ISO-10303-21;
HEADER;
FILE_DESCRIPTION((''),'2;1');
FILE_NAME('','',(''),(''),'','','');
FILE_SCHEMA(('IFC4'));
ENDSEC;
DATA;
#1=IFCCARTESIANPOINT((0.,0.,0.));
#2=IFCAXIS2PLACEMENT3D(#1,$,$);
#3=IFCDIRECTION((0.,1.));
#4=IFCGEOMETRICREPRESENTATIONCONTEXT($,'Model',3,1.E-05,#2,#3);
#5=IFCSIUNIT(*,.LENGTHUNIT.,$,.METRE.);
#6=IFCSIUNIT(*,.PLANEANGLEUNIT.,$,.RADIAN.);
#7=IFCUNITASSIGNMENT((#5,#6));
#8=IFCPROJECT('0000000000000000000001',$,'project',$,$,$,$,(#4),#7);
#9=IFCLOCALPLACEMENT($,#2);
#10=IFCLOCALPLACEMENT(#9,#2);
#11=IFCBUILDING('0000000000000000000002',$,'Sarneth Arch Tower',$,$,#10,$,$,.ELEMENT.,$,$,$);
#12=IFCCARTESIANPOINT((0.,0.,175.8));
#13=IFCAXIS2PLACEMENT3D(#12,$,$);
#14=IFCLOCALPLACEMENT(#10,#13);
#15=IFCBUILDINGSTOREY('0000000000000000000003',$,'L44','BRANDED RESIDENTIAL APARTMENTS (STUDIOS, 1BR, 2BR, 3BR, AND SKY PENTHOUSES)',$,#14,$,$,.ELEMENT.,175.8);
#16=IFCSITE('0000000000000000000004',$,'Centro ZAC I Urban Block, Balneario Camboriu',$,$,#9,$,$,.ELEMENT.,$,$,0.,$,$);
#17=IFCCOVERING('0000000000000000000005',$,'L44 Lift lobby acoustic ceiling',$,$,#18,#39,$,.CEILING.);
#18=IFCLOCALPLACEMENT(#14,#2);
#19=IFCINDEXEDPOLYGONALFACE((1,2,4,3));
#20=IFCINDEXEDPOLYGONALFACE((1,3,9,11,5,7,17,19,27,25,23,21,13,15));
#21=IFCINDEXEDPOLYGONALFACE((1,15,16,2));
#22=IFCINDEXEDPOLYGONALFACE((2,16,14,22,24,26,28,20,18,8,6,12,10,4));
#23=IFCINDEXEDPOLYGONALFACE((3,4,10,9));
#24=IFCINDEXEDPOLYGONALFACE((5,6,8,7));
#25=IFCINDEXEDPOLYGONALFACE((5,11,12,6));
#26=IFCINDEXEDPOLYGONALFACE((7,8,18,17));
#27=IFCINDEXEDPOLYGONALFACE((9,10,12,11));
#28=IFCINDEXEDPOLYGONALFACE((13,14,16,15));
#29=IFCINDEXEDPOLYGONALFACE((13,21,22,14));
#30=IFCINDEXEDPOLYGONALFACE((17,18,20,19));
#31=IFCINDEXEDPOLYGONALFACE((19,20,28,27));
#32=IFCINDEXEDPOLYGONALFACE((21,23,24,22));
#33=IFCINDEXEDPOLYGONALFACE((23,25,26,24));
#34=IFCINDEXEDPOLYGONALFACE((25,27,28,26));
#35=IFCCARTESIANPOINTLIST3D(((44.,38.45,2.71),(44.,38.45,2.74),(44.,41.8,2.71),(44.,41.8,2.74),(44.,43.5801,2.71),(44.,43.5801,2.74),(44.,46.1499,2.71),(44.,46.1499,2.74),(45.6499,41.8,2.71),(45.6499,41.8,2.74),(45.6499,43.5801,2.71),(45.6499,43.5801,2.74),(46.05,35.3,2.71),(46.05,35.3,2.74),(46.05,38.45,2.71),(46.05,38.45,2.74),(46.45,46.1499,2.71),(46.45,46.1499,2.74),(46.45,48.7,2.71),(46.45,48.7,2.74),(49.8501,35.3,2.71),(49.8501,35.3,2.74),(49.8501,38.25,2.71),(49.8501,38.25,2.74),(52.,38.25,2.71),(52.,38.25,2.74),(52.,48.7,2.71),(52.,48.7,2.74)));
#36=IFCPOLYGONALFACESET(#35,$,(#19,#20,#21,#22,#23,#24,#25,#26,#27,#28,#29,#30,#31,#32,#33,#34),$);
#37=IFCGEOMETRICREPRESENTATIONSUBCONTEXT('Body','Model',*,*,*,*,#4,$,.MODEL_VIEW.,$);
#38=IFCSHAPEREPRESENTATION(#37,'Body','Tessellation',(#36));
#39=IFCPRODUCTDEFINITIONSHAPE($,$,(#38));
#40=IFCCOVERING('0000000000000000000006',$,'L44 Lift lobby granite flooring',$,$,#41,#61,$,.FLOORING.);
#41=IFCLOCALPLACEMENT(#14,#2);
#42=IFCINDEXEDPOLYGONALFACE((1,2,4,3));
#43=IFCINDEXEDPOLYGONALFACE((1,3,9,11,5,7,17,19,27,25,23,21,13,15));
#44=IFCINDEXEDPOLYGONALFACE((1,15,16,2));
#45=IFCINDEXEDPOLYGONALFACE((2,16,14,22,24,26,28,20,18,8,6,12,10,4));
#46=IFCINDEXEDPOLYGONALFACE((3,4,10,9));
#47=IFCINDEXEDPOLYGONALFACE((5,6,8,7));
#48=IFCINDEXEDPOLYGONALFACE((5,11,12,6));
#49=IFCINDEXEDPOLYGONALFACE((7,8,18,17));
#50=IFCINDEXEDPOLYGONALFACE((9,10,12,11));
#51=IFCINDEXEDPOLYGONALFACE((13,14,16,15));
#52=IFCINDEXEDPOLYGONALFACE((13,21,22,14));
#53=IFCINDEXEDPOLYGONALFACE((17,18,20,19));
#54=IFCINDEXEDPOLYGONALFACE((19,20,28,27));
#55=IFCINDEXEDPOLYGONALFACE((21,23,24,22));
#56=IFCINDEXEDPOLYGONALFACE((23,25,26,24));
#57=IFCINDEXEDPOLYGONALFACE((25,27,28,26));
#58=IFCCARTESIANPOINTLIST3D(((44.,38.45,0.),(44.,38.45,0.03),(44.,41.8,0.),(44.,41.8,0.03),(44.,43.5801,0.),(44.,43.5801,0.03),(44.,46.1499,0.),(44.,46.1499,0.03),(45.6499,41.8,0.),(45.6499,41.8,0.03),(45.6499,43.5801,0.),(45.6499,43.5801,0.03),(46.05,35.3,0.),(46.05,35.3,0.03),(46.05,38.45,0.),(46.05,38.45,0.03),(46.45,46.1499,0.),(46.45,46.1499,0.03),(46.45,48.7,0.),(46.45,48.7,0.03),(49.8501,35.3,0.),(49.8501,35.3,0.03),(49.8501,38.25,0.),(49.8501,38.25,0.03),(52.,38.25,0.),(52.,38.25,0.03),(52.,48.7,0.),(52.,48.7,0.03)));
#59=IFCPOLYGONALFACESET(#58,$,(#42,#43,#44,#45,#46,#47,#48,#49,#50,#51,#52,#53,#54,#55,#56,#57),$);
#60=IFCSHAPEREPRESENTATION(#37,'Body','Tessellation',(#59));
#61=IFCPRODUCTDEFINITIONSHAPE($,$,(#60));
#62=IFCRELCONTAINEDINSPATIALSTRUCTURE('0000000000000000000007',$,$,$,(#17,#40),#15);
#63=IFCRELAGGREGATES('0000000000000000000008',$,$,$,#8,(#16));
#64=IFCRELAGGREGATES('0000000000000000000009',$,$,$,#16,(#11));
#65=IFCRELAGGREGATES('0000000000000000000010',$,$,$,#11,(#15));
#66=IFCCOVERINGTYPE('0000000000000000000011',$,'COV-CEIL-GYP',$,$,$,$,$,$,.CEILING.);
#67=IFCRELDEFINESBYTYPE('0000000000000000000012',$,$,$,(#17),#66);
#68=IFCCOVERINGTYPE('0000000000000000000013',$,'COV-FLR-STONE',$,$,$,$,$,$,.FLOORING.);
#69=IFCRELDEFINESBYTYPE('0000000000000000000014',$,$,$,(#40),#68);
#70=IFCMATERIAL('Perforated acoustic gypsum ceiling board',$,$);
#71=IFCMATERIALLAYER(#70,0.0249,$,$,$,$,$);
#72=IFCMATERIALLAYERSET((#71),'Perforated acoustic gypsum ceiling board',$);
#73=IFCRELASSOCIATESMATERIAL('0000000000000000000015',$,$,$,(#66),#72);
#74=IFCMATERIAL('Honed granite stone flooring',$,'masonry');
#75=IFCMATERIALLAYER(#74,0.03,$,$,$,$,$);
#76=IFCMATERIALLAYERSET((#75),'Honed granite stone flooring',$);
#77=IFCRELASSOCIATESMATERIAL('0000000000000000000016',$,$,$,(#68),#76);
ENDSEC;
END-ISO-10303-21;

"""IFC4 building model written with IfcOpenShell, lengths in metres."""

from ifc_helpers import new_model, si_unit, direction, frame, origin, place, context, subcontext, project, spatial, polyline, outline, extrude, material, layer, layer_set, type_object, element, save


model = new_model("IFC4")

# Units and contexts
model_context = context("Model", 3, precision=1e-05, world=origin(), true_north=direction((0.0, 1.0)))
body_context = subcontext(model_context, "Body", "Model", "MODEL_VIEW")
ifc_project = project(units=[si_unit("LENGTHUNIT", "METRE"), si_unit("PLANEANGLEUNIT", "RADIAN")], contexts=[model_context])

# Site, building, storey
site_placement = place(None, origin())
site = spatial("IfcSite", under=ifc_project, at=site_placement, Name="Centro ZAC I Urban Block, Balneario Camboriu", CompositionType="ELEMENT", RefElevation=0.0)
building_placement = place(site_placement, origin())
building = spatial("IfcBuilding", under=site, at=building_placement, Name="Sarneth Arch Tower", CompositionType="ELEMENT")
storey_placement = place(building_placement, frame((0.0, 0.0, 175.8)))
storey = spatial("IfcBuildingStorey", under=building, at=storey_placement, Name="L44", Description="BRANDED RESIDENTIAL APARTMENTS (STUDIOS, 1BR, 2BR, 3BR, AND SKY PENTHOUSES)", CompositionType="ELEMENT", Elevation=175.8)

# Coverings
ifc_material_1 = material(Name="Perforated acoustic gypsum ceiling board")
ifc_layer_1 = layer(ifc_material_1, 0.0249)
ifc_layer_set_1 = layer_set([ifc_layer_1], Name="Perforated acoustic gypsum ceiling board")
covering_type_1 = type_object("IfcCoveringType", Name="COV-CEIL-GYP", PredefinedType="CEILING", material=ifc_layer_set_1)
covering_1_placement = place(storey_placement, frame((0.0, 0.0, 2.71)))
element("IfcCovering", 1, at=covering_1_placement, inside=storey, type_object=covering_type_1, Name="L44 Lift lobby acoustic ceiling", PredefinedType="CEILING", context=body_context, shape_type="SweptSolid", body=[
    extrude(outline(polyline([(49.8501, 38.25), (49.8501, 35.3), (46.05, 35.3), (46.05, 38.45), (44.0, 38.45), (44.0, 41.8), (45.6499, 41.8), (45.6499, 43.5801), (44.0, 43.5801), (44.0, 46.1499), (46.45, 46.1499), (46.45, 48.7), (52.0, 48.7), (52.0, 38.25), (49.8501, 38.25)])), origin(), (0.0, 0.0, 1.0), 0.03),
])
ifc_material_2 = material(Name="Honed granite stone flooring", Category="masonry")
ifc_layer_2 = layer(ifc_material_2, 0.03)
ifc_layer_set_2 = layer_set([ifc_layer_2], Name="Honed granite stone flooring")
covering_type_2 = type_object("IfcCoveringType", Name="COV-FLR-STONE", PredefinedType="FLOORING", material=ifc_layer_set_2)
covering_2_placement = place(storey_placement, origin())
element("IfcCovering", 2, at=covering_2_placement, inside=storey, type_object=covering_type_2, Name="L44 Lift lobby granite flooring", PredefinedType="FLOORING", context=body_context, shape_type="SweptSolid", body=[
    extrude(outline(polyline([(49.8501, 38.25), (49.8501, 35.3), (46.05, 35.3), (46.05, 38.45), (44.0, 38.45), (44.0, 41.8), (45.6499, 41.8), (45.6499, 43.5801), (44.0, 43.5801), (44.0, 46.1499), (46.45, 46.1499), (46.45, 48.7), (52.0, 48.7), (52.0, 38.25), (49.8501, 38.25)])), origin(), (0.0, 0.0, 1.0), 0.03),
])

save(model, "model.ifc")
